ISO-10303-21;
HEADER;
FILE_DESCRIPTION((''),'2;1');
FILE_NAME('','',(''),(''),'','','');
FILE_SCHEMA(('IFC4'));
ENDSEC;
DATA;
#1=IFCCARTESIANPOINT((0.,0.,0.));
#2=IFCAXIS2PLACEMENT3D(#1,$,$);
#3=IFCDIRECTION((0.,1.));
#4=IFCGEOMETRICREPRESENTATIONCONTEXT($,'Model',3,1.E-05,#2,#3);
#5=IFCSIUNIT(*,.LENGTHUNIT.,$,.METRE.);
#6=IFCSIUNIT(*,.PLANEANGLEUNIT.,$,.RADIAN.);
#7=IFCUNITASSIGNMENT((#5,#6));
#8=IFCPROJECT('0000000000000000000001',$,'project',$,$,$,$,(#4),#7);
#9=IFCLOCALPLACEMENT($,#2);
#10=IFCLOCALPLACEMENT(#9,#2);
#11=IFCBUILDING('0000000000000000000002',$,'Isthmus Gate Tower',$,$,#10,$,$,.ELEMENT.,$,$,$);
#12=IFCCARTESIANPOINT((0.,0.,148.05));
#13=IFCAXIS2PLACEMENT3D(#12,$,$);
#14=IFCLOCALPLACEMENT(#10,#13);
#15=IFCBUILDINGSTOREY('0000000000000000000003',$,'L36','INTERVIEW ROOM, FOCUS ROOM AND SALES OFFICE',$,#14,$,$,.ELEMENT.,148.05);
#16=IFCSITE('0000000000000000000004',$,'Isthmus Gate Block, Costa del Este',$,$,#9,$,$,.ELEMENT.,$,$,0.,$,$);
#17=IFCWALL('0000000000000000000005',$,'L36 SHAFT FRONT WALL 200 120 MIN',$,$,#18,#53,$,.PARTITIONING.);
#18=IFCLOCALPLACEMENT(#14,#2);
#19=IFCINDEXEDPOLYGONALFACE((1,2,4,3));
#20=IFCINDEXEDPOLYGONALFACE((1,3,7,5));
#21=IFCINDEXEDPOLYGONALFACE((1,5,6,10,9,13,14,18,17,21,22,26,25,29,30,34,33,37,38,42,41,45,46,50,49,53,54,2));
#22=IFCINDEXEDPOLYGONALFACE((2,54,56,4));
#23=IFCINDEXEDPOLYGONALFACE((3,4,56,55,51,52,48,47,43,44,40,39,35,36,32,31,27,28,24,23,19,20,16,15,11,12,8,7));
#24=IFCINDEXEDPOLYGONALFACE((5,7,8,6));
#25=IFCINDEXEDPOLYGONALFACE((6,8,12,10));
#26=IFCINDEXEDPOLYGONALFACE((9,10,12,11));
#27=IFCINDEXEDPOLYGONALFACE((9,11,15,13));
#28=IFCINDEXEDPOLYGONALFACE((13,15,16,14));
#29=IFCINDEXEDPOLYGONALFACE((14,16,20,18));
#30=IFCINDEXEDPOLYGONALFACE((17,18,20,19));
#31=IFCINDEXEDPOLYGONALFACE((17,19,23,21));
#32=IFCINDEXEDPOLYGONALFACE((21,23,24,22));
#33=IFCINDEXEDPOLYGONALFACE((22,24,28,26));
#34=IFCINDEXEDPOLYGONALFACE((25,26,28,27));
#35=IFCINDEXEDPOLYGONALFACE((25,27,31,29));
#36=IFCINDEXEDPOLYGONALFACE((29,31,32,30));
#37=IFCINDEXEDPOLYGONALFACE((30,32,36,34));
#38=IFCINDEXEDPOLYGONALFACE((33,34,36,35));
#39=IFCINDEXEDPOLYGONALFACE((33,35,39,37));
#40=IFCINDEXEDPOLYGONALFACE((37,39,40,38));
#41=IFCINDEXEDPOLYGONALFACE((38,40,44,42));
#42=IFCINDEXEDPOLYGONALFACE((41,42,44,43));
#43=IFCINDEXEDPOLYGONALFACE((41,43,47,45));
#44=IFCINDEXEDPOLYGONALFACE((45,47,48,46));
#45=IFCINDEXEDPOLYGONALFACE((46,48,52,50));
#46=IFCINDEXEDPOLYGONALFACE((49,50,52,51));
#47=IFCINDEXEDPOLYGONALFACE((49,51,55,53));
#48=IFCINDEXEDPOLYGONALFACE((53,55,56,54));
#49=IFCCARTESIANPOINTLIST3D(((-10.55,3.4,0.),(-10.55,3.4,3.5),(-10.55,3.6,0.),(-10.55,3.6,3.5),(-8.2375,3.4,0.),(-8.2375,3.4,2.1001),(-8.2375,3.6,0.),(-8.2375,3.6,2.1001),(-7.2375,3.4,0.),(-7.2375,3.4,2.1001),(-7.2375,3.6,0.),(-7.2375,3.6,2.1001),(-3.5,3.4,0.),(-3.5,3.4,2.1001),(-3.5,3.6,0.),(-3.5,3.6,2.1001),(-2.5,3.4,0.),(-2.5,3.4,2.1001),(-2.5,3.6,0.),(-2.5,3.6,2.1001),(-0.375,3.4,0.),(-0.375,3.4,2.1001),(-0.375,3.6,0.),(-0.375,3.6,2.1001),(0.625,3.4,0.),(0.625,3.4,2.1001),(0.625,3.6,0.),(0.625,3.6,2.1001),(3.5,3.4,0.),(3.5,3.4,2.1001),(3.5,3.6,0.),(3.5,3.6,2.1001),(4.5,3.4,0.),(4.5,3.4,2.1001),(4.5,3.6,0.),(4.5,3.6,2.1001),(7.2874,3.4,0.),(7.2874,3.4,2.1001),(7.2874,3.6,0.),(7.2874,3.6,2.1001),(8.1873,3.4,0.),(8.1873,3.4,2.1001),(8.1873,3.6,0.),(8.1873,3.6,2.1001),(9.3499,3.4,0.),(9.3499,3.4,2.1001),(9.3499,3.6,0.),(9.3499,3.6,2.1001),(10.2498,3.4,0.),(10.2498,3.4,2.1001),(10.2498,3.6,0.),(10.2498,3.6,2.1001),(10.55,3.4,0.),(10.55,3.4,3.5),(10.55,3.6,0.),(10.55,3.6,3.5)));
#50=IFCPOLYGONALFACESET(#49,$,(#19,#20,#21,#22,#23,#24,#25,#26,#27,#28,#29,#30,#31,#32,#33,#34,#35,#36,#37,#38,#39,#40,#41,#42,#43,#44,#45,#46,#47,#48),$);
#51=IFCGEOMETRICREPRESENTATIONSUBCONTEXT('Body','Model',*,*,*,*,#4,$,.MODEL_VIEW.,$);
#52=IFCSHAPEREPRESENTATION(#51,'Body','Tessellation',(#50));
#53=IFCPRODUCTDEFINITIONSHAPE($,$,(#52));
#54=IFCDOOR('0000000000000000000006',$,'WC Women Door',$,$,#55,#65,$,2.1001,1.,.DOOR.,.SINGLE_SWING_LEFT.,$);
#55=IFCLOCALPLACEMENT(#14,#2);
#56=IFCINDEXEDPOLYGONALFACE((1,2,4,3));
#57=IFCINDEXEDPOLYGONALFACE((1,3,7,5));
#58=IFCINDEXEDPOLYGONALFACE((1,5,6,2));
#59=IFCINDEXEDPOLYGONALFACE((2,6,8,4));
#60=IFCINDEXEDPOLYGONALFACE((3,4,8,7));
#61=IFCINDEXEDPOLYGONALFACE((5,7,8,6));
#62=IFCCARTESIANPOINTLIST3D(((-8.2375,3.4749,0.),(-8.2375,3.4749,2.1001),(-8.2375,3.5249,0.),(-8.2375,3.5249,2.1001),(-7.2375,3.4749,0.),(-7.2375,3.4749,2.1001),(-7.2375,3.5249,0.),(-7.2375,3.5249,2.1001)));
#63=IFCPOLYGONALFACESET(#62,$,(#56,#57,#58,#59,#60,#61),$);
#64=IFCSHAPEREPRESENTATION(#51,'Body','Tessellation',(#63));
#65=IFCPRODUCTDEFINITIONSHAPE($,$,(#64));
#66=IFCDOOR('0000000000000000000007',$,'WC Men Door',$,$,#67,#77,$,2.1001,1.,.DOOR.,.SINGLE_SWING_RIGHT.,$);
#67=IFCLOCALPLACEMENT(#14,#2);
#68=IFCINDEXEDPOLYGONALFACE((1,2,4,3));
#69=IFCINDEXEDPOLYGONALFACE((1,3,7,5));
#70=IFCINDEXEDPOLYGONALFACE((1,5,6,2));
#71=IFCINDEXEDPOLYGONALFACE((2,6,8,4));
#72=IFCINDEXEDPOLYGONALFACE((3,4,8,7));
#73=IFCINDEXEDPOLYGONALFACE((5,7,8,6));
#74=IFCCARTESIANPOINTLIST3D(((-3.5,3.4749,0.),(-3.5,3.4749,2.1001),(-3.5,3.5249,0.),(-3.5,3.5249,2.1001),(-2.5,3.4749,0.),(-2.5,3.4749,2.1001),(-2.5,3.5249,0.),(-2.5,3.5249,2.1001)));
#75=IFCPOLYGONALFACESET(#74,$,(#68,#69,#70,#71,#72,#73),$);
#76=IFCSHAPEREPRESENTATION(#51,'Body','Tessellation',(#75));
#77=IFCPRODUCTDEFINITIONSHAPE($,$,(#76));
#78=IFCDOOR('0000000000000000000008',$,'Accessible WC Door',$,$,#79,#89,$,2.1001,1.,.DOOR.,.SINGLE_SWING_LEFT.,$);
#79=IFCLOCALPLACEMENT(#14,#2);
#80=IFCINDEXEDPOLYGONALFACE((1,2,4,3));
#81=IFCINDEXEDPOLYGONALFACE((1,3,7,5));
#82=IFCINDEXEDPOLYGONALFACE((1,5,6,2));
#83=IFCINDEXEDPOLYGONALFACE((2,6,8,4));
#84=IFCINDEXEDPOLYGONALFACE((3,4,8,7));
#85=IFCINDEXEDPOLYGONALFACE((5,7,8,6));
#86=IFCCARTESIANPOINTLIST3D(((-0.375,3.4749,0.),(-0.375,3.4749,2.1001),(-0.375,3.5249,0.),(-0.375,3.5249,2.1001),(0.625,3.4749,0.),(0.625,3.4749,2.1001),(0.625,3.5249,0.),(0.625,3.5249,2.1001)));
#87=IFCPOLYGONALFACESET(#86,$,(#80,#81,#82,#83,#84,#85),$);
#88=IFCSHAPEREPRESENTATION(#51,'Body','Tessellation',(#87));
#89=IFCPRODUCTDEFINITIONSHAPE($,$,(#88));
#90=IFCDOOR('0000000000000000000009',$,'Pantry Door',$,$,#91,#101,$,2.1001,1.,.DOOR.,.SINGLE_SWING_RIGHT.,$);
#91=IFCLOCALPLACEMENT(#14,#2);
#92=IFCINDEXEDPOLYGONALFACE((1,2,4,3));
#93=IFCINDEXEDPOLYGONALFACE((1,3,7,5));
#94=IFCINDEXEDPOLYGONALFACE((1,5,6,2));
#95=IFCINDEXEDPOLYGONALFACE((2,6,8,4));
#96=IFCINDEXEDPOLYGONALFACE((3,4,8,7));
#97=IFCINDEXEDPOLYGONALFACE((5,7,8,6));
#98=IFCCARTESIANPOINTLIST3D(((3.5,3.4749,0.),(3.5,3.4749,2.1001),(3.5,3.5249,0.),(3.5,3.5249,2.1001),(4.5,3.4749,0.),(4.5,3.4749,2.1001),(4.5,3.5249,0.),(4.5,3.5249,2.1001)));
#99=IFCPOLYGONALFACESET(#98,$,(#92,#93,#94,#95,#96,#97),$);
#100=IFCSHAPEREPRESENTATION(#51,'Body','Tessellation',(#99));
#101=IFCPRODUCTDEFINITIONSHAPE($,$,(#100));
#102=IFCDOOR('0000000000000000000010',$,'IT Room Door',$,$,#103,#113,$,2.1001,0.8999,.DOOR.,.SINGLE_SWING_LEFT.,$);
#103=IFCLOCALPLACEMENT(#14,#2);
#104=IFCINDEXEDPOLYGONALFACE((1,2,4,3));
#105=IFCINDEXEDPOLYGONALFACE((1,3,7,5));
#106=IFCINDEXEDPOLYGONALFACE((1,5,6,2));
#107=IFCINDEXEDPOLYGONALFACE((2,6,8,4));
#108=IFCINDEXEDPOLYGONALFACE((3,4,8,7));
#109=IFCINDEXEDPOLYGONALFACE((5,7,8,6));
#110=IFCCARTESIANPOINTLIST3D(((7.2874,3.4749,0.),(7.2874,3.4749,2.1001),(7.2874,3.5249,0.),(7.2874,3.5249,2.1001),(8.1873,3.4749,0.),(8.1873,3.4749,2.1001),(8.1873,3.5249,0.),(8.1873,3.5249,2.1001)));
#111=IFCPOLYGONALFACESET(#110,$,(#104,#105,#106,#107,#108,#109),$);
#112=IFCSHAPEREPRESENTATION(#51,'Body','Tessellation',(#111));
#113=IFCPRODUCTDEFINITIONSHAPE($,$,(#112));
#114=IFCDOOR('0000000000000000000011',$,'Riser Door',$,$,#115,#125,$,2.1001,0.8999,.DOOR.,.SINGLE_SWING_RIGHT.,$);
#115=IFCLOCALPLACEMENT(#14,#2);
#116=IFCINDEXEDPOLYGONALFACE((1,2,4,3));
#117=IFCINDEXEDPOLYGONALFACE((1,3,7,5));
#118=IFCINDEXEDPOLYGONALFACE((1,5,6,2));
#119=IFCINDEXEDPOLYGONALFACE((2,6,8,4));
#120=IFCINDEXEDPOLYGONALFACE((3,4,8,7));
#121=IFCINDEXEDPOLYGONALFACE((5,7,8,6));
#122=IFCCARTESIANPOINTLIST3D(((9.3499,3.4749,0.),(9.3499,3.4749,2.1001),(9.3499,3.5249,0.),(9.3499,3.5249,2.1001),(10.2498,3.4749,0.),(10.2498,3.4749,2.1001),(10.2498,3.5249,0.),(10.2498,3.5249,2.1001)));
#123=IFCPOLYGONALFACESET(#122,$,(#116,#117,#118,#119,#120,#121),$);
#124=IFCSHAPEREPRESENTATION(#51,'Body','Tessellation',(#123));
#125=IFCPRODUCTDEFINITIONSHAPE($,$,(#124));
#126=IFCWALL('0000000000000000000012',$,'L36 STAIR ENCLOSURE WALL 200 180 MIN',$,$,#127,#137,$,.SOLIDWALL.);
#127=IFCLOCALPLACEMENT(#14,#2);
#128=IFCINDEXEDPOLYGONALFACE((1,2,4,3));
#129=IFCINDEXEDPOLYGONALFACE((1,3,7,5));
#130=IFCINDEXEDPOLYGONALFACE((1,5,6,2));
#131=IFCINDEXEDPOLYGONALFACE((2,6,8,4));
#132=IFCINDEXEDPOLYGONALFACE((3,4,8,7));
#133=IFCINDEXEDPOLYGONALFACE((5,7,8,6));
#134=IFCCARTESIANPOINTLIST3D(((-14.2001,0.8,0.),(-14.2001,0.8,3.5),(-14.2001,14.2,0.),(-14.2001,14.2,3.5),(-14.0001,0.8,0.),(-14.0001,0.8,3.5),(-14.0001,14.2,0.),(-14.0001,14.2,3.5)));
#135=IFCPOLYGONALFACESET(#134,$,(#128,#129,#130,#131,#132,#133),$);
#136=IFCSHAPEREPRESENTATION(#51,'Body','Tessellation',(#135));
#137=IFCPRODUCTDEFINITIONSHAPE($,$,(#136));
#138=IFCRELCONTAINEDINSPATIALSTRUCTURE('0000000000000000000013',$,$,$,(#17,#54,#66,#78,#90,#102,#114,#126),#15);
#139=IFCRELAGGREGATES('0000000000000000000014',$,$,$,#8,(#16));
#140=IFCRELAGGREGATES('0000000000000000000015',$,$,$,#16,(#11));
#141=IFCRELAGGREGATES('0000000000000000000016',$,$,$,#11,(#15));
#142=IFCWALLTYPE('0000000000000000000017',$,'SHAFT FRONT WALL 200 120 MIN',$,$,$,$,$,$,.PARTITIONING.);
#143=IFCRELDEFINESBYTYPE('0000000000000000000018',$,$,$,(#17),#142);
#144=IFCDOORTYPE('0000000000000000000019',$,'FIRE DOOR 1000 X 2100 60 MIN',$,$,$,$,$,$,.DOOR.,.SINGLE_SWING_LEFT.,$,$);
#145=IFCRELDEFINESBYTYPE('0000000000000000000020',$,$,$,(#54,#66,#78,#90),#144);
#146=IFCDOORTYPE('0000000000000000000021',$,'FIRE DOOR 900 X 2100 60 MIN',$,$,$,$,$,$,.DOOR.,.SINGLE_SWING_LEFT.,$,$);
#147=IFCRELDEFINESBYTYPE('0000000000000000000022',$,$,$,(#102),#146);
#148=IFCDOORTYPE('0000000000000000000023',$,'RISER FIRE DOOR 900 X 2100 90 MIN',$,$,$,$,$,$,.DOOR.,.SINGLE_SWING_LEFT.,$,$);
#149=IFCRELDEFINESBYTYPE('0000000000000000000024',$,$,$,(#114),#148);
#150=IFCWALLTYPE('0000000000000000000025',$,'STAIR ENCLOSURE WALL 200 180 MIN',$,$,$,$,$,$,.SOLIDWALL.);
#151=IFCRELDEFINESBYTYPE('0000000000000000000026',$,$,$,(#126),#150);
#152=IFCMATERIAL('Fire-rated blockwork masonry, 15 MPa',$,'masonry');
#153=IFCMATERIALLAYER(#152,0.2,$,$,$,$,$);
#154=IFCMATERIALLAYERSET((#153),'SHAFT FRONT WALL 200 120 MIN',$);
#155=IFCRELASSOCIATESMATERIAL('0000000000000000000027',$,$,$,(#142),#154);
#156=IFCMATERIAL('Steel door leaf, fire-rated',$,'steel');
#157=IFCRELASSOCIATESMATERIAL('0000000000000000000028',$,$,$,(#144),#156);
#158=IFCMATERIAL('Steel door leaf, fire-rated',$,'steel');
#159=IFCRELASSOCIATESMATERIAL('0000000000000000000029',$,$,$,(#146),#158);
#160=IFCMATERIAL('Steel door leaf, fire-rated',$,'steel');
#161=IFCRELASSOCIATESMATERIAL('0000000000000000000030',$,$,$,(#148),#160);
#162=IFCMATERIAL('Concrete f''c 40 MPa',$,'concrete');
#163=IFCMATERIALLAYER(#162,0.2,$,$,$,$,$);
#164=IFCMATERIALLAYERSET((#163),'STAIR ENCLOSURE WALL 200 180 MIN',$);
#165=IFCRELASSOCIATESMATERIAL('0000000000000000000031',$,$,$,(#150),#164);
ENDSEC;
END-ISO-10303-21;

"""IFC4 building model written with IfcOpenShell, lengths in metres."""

from ifc_helpers import new_model, si_unit, direction, frame, frame_2d, origin, place, context, subcontext, project, spatial, rectangle, extrude, material, layer, layer_set, type_object, element, fill, save


model = new_model("IFC4")

# Units and contexts
model_context = context("Model", 3, precision=1e-05, world=origin(), true_north=direction((0.0, 1.0)))
body_context = subcontext(model_context, "Body", "Model", "MODEL_VIEW")
ifc_project = project(units=[si_unit("LENGTHUNIT", "METRE"), si_unit("PLANEANGLEUNIT", "RADIAN")], contexts=[model_context])

# Site, building, storey
site_placement = place(None, origin())
site = spatial("IfcSite", under=ifc_project, at=site_placement, Name="Isthmus Gate Block, Costa del Este", CompositionType="ELEMENT", RefElevation=0.0)
building_placement = place(site_placement, origin())
building = spatial("IfcBuilding", under=site, at=building_placement, Name="Isthmus Gate Tower", CompositionType="ELEMENT")
storey_placement = place(building_placement, frame((0.0, 0.0, 148.05)))
storey = spatial("IfcBuildingStorey", under=building, at=storey_placement, Name="L36", Description="INTERVIEW ROOM, FOCUS ROOM AND SALES OFFICE", CompositionType="ELEMENT", Elevation=148.05)

# Wall, openings, doors
ifc_material_1 = material(Name="Fire-rated blockwork masonry, 15 MPa", Category="masonry")
ifc_layer_1 = layer(ifc_material_1, 0.2)
ifc_layer_set_1 = layer_set([ifc_layer_1], Name="SHAFT FRONT WALL 200 120 MIN")
wall_type_1 = type_object("IfcWallType", Name="SHAFT FRONT WALL 200 120 MIN", PredefinedType="PARTITIONING", material=ifc_layer_set_1)
wall_1_placement = place(storey_placement, frame((-10.55, 3.5, 0.0), z_axis=(0.0, 0.0, 1.0), x_axis=(1.0, 0.0, 0.0)))
wall_1 = element("IfcWall", 1, at=wall_1_placement, inside=storey, type_object=wall_type_1, Name="L36 SHAFT FRONT WALL 200 120 MIN", PredefinedType="PARTITIONING", context=body_context, shape_type="SweptSolid", body=[
    extrude(rectangle(XDim=21.1001, YDim=0.2, at=frame_2d((10.55, 0.0))), origin(), (0.0, 0.0, 1.0), 3.5),
])
opening_1_placement = place(wall_1_placement, frame((2.3125, 0.0, 0.0)))
opening_1 = element("IfcOpeningElement", 2, at=opening_1_placement, cuts=wall_1, PredefinedType="OPENING", context=body_context, shape_type="SweptSolid", body=[
    extrude(rectangle(XDim=1.0, YDim=2.1001, at=frame_2d((0.5, 1.05))), frame((0.0, 0.1099, 0.0), z_axis=(0.0, -1.0, 0.0), x_axis=(1.0, 0.0, 0.0)), (0.0, 0.0, 1.0), 0.22),
])
opening_2_placement = place(wall_1_placement, frame((7.05, 0.0, 0.0)))
opening_2 = element("IfcOpeningElement", 3, at=opening_2_placement, cuts=wall_1, PredefinedType="OPENING", context=body_context, shape_type="SweptSolid", body=[
    extrude(rectangle(XDim=1.0, YDim=2.1001, at=frame_2d((0.5, 1.05))), frame((0.0, 0.1099, 0.0), z_axis=(0.0, -1.0, 0.0), x_axis=(1.0, 0.0, 0.0)), (0.0, 0.0, 1.0), 0.22),
])
opening_3_placement = place(wall_1_placement, frame((10.175, 0.0, 0.0)))
opening_3 = element("IfcOpeningElement", 4, at=opening_3_placement, cuts=wall_1, PredefinedType="OPENING", context=body_context, shape_type="SweptSolid", body=[
    extrude(rectangle(XDim=1.0, YDim=2.1001, at=frame_2d((0.5, 1.05))), frame((0.0, 0.1099, 0.0), z_axis=(0.0, -1.0, 0.0), x_axis=(1.0, 0.0, 0.0)), (0.0, 0.0, 1.0), 0.22),
])
opening_4_placement = place(wall_1_placement, frame((14.05, 0.0, 0.0)))
opening_4 = element("IfcOpeningElement", 5, at=opening_4_placement, cuts=wall_1, PredefinedType="OPENING", context=body_context, shape_type="SweptSolid", body=[
    extrude(rectangle(XDim=1.0, YDim=2.1001, at=frame_2d((0.5, 1.05))), frame((0.0, 0.1099, 0.0), z_axis=(0.0, -1.0, 0.0), x_axis=(1.0, 0.0, 0.0)), (0.0, 0.0, 1.0), 0.22),
])
opening_5_placement = place(wall_1_placement, frame((17.8374, 0.0, 0.0)))
opening_5 = element("IfcOpeningElement", 6, at=opening_5_placement, cuts=wall_1, PredefinedType="OPENING", context=body_context, shape_type="SweptSolid", body=[
    extrude(rectangle(XDim=0.8999, YDim=2.1001, at=frame_2d((0.45, 1.05))), frame((0.0, 0.1099, 0.0), z_axis=(0.0, -1.0, 0.0), x_axis=(1.0, 0.0, 0.0)), (0.0, 0.0, 1.0), 0.22),
])
opening_6_placement = place(wall_1_placement, frame((19.8999, 0.0, 0.0)))
opening_6 = element("IfcOpeningElement", 7, at=opening_6_placement, cuts=wall_1, PredefinedType="OPENING", context=body_context, shape_type="SweptSolid", body=[
    extrude(rectangle(XDim=0.8999, YDim=2.1001, at=frame_2d((0.45, 1.05))), frame((0.0, 0.1099, 0.0), z_axis=(0.0, -1.0, 0.0), x_axis=(1.0, 0.0, 0.0)), (0.0, 0.0, 1.0), 0.22),
])
ifc_material_2 = material(Name="Steel door leaf, fire-rated", Category="steel")
door_type_1 = type_object("IfcDoorType", Name="FIRE DOOR 1000 X 2100 60 MIN", OperationType="SINGLE_SWING_LEFT", PredefinedType="DOOR", material=ifc_material_2)
door_1_placement = place(opening_1_placement, origin())
door_1 = element("IfcDoor", 8, at=door_1_placement, inside=storey, type_object=door_type_1, Name="WC Women Door", OperationType="SINGLE_SWING_LEFT", OverallHeight=2.1001, OverallWidth=1.0, PredefinedType="DOOR", context=body_context, shape_type="SweptSolid", body=[
    extrude(rectangle(XDim=1.0, YDim=2.1001, at=frame_2d((0.5, 1.05))), frame((0.0, 0.0249, 0.0), z_axis=(0.0, -1.0, 0.0), x_axis=(1.0, 0.0, 0.0)), (0.0, 0.0, 1.0), 0.05),
])
fill(opening_1, door_1)
door_2_placement = place(opening_2_placement, origin())
door_2 = element("IfcDoor", 9, at=door_2_placement, inside=storey, type_object=door_type_1, Name="WC Men Door", OperationType="SINGLE_SWING_RIGHT", OverallHeight=2.1001, OverallWidth=1.0, PredefinedType="DOOR", context=body_context, shape_type="SweptSolid", body=[
    extrude(rectangle(XDim=1.0, YDim=2.1001, at=frame_2d((0.5, 1.05))), frame((0.0, 0.0249, 0.0), z_axis=(0.0, -1.0, 0.0), x_axis=(1.0, 0.0, 0.0)), (0.0, 0.0, 1.0), 0.05),
])
fill(opening_2, door_2)
door_3_placement = place(opening_3_placement, origin())
door_3 = element("IfcDoor", 10, at=door_3_placement, inside=storey, type_object=door_type_1, Name="Accessible WC Door", OperationType="SINGLE_SWING_LEFT", OverallHeight=2.1001, OverallWidth=1.0, PredefinedType="DOOR", context=body_context, shape_type="SweptSolid", body=[
    extrude(rectangle(XDim=1.0, YDim=2.1001, at=frame_2d((0.5, 1.05))), frame((0.0, 0.0249, 0.0), z_axis=(0.0, -1.0, 0.0), x_axis=(1.0, 0.0, 0.0)), (0.0, 0.0, 1.0), 0.05),
])
fill(opening_3, door_3)
door_4_placement = place(opening_4_placement, origin())
door_4 = element("IfcDoor", 11, at=door_4_placement, inside=storey, type_object=door_type_1, Name="Pantry Door", OperationType="SINGLE_SWING_RIGHT", OverallHeight=2.1001, OverallWidth=1.0, PredefinedType="DOOR", context=body_context, shape_type="SweptSolid", body=[
    extrude(rectangle(XDim=1.0, YDim=2.1001, at=frame_2d((0.5, 1.05))), frame((0.0, 0.0249, 0.0), z_axis=(0.0, -1.0, 0.0), x_axis=(1.0, 0.0, 0.0)), (0.0, 0.0, 1.0), 0.05),
])
fill(opening_4, door_4)
ifc_material_3 = material(Name="Steel door leaf, fire-rated", Category="steel")
door_type_2 = type_object("IfcDoorType", Name="FIRE DOOR 900 X 2100 60 MIN", OperationType="SINGLE_SWING_LEFT", PredefinedType="DOOR", material=ifc_material_3)
door_5_placement = place(opening_5_placement, origin())
door_5 = element("IfcDoor", 12, at=door_5_placement, inside=storey, type_object=door_type_2, Name="IT Room Door", OperationType="SINGLE_SWING_LEFT", OverallHeight=2.1001, OverallWidth=0.8999, PredefinedType="DOOR", context=body_context, shape_type="SweptSolid", body=[
    extrude(rectangle(XDim=0.8999, YDim=2.1001, at=frame_2d((0.45, 1.05))), frame((0.0, 0.0249, 0.0), z_axis=(0.0, -1.0, 0.0), x_axis=(1.0, 0.0, 0.0)), (0.0, 0.0, 1.0), 0.05),
])
fill(opening_5, door_5)
ifc_material_4 = material(Name="Steel door leaf, fire-rated", Category="steel")
door_type_3 = type_object("IfcDoorType", Name="RISER FIRE DOOR 900 X 2100 90 MIN", OperationType="SINGLE_SWING_LEFT", PredefinedType="DOOR", material=ifc_material_4)
door_6_placement = place(opening_6_placement, origin())
door_6 = element("IfcDoor", 13, at=door_6_placement, inside=storey, type_object=door_type_3, Name="Riser Door", OperationType="SINGLE_SWING_RIGHT", OverallHeight=2.1001, OverallWidth=0.8999, PredefinedType="DOOR", context=body_context, shape_type="SweptSolid", body=[
    extrude(rectangle(XDim=0.8999, YDim=2.1001, at=frame_2d((0.45, 1.05))), frame((0.0, 0.0249, 0.0), z_axis=(0.0, -1.0, 0.0), x_axis=(1.0, 0.0, 0.0)), (0.0, 0.0, 1.0), 0.05),
])
fill(opening_6, door_6)

# Wall
ifc_material_5 = material(Name="Concrete f'c 40 MPa", Category="concrete")
ifc_layer_2 = layer(ifc_material_5, 0.2)
ifc_layer_set_2 = layer_set([ifc_layer_2], Name="STAIR ENCLOSURE WALL 200 180 MIN")
wall_type_2 = type_object("IfcWallType", Name="STAIR ENCLOSURE WALL 200 180 MIN", PredefinedType="SOLIDWALL", material=ifc_layer_set_2)
wall_2_placement = place(storey_placement, frame((-14.1001, 0.8, 0.0), z_axis=(0.0, 0.0, 1.0), x_axis=(0.0, 1.0, 0.0)))
element("IfcWall", 14, at=wall_2_placement, inside=storey, type_object=wall_type_2, Name="L36 STAIR ENCLOSURE WALL 200 180 MIN", PredefinedType="SOLIDWALL", context=body_context, shape_type="SweptSolid", body=[
    extrude(rectangle(XDim=13.3999, YDim=0.2, at=frame_2d((6.7, 0.0))), origin(), (0.0, 0.0, 1.0), 3.5),
])

save(model, "model.ifc")
